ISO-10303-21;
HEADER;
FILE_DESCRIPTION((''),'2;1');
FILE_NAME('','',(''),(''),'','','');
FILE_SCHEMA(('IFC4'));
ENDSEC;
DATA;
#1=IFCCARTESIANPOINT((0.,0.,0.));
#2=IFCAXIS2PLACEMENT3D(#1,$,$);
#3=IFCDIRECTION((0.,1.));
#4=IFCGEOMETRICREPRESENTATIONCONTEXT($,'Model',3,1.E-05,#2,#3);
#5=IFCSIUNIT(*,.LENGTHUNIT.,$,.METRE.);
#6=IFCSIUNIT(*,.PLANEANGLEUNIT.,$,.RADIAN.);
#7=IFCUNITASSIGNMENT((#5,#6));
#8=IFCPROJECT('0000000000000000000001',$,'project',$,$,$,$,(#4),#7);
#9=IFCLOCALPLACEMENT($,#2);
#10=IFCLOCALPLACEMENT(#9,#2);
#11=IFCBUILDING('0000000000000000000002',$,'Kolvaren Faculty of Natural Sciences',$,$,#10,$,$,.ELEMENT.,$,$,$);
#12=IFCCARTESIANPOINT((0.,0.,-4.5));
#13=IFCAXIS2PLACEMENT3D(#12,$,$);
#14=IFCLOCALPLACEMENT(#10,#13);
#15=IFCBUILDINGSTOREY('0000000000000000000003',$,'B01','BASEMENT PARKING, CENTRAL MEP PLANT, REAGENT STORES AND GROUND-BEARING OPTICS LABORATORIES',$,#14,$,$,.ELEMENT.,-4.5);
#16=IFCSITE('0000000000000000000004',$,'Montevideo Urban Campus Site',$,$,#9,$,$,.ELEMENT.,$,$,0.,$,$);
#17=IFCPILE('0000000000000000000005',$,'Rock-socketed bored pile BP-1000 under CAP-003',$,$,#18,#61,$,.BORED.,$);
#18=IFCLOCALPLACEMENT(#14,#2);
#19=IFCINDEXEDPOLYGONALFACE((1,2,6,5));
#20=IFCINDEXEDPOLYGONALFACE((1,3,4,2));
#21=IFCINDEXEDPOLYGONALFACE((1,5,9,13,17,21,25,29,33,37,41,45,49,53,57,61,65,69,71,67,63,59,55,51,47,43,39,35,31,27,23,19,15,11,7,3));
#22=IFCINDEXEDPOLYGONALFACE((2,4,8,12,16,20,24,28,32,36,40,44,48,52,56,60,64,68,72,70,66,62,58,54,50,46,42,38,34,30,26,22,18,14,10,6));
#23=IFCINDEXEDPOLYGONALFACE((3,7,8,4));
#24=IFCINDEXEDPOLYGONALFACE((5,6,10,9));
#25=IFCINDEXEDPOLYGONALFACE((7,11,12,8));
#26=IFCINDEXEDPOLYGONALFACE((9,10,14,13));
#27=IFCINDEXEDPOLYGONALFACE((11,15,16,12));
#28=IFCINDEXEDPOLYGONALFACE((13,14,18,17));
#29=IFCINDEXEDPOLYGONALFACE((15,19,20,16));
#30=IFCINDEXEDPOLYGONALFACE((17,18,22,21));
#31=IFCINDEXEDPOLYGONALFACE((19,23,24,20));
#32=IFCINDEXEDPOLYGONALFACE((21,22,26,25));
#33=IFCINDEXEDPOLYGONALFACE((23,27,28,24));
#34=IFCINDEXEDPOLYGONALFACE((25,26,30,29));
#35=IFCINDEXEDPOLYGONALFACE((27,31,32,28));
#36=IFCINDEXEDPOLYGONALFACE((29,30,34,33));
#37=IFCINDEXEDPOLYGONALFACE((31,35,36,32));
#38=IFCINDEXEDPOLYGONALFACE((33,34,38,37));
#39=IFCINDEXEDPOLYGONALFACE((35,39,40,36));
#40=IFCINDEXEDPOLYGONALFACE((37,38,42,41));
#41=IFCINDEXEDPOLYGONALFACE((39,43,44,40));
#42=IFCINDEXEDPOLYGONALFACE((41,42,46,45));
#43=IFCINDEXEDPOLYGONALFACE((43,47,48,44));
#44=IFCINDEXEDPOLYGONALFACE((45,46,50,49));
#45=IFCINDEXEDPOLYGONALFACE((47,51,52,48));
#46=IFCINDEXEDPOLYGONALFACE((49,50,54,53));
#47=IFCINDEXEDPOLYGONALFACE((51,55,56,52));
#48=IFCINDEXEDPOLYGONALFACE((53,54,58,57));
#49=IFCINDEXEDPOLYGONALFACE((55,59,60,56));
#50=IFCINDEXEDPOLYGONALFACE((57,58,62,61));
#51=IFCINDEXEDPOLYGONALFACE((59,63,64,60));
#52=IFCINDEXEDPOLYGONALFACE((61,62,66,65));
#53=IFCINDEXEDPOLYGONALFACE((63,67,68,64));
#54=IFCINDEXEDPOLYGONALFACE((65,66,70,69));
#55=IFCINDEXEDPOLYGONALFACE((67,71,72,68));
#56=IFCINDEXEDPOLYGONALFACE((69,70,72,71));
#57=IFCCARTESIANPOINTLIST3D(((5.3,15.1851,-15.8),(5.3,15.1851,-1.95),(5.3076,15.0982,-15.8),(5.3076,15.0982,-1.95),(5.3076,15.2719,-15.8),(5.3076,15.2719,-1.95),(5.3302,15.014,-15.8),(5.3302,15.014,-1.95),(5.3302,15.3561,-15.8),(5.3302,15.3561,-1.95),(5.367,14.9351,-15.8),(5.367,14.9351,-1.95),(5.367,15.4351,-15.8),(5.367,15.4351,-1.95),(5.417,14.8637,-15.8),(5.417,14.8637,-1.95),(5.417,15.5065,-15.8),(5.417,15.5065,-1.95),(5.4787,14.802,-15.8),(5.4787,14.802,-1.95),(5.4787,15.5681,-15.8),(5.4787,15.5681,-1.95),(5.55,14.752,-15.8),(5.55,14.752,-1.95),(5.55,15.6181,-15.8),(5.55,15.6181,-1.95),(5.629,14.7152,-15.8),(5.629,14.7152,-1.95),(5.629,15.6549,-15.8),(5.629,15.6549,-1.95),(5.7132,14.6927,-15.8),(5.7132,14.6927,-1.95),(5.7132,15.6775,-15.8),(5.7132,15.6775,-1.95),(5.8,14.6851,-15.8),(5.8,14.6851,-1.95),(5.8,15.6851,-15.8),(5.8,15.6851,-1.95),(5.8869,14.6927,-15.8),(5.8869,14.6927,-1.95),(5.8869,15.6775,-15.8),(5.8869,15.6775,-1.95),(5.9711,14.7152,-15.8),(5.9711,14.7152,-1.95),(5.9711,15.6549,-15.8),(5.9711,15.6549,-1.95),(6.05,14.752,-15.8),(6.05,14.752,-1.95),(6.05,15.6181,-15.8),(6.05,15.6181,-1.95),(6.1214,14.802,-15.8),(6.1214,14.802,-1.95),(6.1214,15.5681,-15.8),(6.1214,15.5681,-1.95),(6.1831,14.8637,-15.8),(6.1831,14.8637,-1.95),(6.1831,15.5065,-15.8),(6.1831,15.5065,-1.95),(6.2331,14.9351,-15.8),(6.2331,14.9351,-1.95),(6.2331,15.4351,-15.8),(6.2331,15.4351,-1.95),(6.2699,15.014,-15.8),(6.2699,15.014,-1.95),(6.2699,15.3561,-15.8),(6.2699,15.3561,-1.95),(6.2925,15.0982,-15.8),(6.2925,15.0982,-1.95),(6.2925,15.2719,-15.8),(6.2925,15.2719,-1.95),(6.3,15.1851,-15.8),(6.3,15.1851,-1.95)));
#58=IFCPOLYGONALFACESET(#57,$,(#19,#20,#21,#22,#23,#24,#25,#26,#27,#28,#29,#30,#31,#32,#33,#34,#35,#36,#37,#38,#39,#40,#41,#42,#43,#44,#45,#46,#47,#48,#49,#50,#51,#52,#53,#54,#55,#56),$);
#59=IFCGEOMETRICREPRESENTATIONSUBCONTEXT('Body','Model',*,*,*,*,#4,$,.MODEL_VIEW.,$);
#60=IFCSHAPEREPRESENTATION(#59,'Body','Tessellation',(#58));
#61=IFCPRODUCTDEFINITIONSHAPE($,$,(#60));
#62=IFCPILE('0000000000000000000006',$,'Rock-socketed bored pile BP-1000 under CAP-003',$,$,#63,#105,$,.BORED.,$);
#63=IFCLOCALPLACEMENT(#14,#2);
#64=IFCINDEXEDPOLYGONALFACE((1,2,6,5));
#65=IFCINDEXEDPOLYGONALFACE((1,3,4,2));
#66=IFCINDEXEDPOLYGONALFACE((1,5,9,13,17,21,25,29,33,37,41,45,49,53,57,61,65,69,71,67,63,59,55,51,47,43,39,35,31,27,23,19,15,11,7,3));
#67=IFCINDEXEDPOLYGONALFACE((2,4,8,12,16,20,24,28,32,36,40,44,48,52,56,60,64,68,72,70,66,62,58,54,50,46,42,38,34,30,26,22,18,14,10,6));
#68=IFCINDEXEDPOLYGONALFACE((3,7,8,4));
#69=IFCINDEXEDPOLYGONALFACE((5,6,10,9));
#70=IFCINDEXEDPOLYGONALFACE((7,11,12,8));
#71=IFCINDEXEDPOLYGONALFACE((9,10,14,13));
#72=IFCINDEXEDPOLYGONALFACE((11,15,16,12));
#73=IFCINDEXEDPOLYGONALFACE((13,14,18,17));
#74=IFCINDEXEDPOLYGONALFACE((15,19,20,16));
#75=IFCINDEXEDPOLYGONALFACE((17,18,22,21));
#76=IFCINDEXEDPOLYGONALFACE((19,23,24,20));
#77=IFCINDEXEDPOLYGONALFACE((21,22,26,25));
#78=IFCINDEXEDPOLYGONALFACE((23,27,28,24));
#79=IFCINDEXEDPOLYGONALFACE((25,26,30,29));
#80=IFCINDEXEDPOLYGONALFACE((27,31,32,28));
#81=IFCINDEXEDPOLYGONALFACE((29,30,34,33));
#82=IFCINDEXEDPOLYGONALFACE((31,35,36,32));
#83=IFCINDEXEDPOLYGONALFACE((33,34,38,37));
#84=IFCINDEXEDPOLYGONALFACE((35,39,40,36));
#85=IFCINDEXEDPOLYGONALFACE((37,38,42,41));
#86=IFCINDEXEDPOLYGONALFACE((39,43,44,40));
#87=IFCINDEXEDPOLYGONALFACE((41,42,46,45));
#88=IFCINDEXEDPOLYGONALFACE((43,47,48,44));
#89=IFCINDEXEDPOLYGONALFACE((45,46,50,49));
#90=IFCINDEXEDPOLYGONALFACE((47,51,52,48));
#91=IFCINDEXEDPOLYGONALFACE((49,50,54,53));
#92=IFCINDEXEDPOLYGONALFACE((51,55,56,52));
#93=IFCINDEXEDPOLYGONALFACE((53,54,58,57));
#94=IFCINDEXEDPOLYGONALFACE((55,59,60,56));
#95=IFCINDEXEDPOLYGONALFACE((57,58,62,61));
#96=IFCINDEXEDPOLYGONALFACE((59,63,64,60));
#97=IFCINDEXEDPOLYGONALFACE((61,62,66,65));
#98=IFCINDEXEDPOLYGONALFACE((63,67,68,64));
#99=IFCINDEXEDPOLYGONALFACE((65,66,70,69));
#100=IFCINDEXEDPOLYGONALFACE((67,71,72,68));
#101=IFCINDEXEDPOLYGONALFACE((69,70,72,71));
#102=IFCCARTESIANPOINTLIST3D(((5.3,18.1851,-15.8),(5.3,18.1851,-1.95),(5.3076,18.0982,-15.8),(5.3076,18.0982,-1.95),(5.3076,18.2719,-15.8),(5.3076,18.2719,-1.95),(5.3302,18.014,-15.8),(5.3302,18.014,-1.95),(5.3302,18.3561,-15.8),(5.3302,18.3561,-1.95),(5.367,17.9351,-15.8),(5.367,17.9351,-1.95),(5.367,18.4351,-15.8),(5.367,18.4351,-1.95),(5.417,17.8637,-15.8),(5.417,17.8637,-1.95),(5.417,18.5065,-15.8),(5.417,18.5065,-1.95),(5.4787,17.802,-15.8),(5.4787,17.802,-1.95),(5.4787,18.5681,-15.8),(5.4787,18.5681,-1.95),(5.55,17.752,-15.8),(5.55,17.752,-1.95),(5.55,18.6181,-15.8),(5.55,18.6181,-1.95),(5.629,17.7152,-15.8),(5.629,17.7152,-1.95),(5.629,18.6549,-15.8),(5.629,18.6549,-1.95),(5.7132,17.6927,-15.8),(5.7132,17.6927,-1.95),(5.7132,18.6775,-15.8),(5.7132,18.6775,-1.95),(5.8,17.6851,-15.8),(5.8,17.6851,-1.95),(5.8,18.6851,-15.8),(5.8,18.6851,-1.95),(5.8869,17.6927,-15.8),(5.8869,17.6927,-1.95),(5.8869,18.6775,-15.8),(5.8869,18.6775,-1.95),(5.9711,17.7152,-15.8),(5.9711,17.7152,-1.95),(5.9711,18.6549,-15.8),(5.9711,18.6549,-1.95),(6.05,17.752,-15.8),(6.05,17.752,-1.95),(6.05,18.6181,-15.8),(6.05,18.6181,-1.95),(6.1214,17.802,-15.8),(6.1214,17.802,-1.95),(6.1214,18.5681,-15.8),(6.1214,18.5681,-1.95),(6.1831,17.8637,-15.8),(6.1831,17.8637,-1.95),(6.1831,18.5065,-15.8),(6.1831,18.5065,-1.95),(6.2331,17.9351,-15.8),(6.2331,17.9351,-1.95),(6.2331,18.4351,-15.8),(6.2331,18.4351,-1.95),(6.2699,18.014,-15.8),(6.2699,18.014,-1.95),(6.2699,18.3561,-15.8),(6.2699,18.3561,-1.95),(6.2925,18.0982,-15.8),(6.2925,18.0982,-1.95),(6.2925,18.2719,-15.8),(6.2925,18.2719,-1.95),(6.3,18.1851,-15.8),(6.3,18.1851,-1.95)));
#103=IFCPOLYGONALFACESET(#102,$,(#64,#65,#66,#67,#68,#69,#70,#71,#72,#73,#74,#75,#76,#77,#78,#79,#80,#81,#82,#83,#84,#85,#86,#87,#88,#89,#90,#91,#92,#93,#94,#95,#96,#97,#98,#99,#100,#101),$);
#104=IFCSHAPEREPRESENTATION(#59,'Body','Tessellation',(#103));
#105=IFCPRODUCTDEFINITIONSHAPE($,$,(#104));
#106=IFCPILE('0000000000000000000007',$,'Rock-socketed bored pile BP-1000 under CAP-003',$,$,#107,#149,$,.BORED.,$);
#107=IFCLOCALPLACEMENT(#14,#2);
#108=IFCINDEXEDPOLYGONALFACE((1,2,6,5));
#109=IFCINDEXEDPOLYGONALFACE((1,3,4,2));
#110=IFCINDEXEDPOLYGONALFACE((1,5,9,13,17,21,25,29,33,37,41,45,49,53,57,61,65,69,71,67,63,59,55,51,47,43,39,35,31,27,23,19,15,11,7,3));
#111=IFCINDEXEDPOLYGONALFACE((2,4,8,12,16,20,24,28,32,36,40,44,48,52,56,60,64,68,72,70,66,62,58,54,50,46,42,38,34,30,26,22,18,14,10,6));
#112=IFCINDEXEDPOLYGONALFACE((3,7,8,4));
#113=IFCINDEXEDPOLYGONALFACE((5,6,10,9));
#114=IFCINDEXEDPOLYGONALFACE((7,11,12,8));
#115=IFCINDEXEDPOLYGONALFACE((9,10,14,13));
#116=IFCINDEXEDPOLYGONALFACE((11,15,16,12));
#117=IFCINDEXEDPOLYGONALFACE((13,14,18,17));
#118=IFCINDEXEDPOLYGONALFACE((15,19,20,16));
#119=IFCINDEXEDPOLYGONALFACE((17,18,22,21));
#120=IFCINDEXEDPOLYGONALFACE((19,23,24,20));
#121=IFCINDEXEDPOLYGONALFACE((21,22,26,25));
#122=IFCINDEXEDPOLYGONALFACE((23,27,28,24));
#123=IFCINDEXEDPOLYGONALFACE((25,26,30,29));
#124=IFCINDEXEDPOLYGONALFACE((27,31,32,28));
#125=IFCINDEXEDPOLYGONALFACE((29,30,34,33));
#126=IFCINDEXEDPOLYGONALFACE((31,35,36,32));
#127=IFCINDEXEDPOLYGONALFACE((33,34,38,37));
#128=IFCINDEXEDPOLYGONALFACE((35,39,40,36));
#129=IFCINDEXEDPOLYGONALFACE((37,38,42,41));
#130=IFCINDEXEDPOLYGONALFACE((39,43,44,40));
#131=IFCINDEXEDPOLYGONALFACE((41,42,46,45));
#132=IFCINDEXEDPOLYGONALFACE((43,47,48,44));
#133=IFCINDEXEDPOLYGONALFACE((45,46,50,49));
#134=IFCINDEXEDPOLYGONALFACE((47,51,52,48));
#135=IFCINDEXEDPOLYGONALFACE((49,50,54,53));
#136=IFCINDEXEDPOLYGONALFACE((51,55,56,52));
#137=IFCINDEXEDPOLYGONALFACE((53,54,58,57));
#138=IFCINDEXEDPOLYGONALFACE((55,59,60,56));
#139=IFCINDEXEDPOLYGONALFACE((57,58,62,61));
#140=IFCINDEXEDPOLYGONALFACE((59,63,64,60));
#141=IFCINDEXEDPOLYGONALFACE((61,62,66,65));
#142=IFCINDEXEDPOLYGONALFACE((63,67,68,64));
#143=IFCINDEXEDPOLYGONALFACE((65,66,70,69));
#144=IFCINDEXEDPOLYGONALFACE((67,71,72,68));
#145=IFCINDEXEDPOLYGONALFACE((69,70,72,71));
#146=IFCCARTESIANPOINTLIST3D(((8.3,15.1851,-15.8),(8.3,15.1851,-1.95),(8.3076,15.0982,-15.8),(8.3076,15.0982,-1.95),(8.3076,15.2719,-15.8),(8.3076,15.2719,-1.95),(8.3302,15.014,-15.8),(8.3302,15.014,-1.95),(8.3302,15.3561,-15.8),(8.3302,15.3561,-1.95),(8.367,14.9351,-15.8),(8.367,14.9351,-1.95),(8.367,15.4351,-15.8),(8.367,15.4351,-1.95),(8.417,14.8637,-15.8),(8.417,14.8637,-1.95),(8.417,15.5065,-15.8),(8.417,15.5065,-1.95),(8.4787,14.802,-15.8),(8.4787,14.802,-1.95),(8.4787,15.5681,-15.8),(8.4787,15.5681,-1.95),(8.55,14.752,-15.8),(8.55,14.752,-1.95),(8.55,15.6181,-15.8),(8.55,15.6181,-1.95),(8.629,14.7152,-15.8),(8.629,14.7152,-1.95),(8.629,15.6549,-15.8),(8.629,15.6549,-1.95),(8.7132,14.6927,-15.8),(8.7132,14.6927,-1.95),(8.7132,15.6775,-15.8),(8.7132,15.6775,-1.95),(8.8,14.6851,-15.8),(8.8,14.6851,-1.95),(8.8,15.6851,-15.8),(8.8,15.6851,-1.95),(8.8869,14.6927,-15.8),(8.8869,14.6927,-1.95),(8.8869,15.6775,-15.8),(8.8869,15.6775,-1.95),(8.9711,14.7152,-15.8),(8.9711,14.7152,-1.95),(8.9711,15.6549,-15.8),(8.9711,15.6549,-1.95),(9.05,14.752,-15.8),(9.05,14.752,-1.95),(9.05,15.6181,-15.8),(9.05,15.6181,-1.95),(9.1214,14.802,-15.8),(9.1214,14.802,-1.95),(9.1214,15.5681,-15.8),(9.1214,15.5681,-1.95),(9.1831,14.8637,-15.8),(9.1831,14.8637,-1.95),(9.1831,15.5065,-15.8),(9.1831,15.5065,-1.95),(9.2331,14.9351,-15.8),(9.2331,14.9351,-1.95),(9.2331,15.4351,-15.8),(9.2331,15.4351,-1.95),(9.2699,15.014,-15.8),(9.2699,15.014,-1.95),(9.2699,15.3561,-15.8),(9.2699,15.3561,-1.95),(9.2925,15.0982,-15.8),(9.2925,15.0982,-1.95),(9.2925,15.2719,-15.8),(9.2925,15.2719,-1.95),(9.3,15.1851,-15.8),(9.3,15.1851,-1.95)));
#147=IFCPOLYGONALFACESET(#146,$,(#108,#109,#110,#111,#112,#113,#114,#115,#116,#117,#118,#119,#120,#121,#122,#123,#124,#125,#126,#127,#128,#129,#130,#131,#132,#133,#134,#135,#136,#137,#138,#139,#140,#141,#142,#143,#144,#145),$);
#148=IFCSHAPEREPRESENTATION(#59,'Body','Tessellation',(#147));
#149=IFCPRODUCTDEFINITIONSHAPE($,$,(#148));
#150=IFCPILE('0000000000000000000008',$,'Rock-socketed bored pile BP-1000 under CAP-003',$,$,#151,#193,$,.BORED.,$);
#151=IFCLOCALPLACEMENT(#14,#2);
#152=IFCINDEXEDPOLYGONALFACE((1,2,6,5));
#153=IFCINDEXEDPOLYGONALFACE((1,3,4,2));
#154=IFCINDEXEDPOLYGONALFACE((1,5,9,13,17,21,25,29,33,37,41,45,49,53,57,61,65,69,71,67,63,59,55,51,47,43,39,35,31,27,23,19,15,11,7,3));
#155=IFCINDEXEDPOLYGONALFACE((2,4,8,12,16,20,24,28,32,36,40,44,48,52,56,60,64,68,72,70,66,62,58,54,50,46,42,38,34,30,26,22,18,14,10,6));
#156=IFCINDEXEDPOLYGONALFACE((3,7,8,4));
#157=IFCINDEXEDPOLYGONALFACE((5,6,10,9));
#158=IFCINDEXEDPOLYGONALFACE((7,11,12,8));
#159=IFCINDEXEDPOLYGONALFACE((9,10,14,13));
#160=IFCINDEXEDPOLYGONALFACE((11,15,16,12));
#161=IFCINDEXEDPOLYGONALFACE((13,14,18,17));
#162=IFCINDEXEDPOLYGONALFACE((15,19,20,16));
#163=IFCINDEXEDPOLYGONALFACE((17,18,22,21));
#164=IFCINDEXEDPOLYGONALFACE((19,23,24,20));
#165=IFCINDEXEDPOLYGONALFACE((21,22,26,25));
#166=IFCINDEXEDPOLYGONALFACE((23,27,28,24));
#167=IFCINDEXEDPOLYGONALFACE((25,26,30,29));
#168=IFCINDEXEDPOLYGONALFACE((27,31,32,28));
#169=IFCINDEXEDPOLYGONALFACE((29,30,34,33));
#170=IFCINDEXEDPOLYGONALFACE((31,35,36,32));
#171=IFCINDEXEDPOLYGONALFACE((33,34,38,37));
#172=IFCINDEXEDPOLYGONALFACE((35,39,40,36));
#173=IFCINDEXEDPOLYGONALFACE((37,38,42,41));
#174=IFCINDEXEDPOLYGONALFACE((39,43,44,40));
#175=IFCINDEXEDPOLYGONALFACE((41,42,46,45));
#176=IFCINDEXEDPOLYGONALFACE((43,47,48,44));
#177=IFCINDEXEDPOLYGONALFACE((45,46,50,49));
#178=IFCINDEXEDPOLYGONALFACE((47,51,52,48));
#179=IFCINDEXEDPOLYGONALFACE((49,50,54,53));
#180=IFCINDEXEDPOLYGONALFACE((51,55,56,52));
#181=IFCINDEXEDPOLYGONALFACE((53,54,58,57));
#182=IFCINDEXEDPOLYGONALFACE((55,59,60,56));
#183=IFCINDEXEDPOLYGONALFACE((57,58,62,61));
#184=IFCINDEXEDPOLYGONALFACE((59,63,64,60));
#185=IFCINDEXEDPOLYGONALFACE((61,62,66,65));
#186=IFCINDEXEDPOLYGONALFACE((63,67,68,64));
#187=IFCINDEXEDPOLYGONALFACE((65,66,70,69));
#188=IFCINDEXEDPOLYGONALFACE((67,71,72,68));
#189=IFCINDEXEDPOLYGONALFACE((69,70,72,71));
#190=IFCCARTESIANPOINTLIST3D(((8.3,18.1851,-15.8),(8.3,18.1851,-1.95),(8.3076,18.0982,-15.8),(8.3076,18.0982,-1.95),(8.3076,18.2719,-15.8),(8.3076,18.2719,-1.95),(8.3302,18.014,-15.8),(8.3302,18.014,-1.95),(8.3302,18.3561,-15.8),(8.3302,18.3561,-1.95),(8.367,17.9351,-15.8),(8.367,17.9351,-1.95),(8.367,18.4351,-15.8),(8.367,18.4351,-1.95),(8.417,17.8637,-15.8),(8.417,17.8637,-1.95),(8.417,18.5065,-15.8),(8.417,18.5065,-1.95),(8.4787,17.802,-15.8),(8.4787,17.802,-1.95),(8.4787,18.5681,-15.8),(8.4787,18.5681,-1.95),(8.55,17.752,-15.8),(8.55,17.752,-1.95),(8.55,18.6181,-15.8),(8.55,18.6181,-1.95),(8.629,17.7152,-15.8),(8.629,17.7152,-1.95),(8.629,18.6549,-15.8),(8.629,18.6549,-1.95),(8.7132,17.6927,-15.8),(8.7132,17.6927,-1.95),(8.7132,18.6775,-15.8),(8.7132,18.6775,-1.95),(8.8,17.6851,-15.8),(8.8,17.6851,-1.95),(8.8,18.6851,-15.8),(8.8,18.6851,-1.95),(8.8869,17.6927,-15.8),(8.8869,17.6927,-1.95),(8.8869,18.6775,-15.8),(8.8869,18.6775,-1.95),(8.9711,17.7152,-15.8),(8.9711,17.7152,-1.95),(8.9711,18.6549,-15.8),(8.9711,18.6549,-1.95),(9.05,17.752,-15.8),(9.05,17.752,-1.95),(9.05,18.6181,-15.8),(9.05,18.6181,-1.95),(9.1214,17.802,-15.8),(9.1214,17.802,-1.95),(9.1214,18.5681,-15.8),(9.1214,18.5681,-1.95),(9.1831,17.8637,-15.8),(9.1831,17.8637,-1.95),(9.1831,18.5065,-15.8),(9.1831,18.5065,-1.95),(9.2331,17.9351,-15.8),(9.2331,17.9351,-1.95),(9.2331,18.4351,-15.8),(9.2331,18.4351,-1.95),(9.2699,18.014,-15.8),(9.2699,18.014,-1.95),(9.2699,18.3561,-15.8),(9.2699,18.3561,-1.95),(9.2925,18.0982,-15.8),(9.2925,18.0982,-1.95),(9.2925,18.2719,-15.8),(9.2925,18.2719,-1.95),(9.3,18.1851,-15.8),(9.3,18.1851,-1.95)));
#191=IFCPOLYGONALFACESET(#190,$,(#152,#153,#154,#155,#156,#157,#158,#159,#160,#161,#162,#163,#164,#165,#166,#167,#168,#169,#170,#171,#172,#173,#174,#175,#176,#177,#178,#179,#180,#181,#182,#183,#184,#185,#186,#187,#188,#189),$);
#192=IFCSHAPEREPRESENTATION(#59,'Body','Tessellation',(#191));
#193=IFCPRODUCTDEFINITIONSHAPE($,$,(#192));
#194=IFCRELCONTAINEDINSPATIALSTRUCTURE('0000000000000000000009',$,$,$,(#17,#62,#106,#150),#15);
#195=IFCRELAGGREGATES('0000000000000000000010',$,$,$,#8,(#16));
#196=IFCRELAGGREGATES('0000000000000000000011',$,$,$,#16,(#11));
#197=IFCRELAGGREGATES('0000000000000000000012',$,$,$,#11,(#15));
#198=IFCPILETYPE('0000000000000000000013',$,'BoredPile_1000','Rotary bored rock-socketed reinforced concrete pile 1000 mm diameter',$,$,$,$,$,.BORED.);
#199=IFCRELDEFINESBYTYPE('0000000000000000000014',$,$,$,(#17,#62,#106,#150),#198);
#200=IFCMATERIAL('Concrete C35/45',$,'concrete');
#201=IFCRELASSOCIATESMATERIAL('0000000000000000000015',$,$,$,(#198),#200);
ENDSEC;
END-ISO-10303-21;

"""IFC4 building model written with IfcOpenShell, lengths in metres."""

from ifc_helpers import new_model, si_unit, direction, frame, origin, origin_2d, place, context, subcontext, project, spatial, circle, extrude, material, material_profile, profile_set, type_object, element, save


model = new_model("IFC4")

# Units and contexts
model_context = context("Model", 3, precision=1e-05, world=origin(), true_north=direction((0.0, 1.0)))
body_context = subcontext(model_context, "Body", "Model", "MODEL_VIEW")
ifc_project = project(units=[si_unit("LENGTHUNIT", "METRE"), si_unit("PLANEANGLEUNIT", "RADIAN")], contexts=[model_context])

# Site, building, storey
site_placement = place(None, origin())
site = spatial("IfcSite", under=ifc_project, at=site_placement, Name="Montevideo Urban Campus Site", CompositionType="ELEMENT", RefElevation=0.0)
building_placement = place(site_placement, origin())
building = spatial("IfcBuilding", under=site, at=building_placement, Name="Kolvaren Faculty of Natural Sciences", CompositionType="ELEMENT")
storey_placement = place(building_placement, frame((0.0, 0.0, -4.5)))
storey = spatial("IfcBuildingStorey", under=building, at=storey_placement, Name="B01", Description="BASEMENT PARKING, CENTRAL MEP PLANT, REAGENT STORES AND GROUND-BEARING OPTICS LABORATORIES", CompositionType="ELEMENT", Elevation=-4.5)

# Piles
ifc_material_1 = material(Name="Concrete C35/45", Category="concrete")
ifc_material_profile_1 = material_profile(ifc_material_1, circle(Radius=0.5, at=origin_2d()), Name="PILE D1000")
ifc_profile_set_1 = profile_set([ifc_material_profile_1], Name="Concrete C35/45")
pile_type_1 = type_object("IfcPileType", Name="BoredPile_1000", Description="Rotary bored rock-socketed reinforced concrete pile 1000 mm diameter", PredefinedType="BORED", material=ifc_profile_set_1)
for number, where, z_axis, x_axis, name in (
    (1, (5.8, 15.1851, -1.95), (0.0, 0.0, -1.0), (1.0, 0.0, 0.0), "Rock-socketed bored pile BP-1000 under CAP-003"),
    (2, (5.8, 18.1851, -1.95), (0.0, 0.0, -1.0), (1.0, 0.0, 0.0), "Rock-socketed bored pile BP-1000 under CAP-003"),
    (3, (8.8, 15.1851, -1.95), (0.0, 0.0, -1.0), (1.0, 0.0, 0.0), "Rock-socketed bored pile BP-1000 under CAP-003"),
    (4, (8.8, 18.1851, -1.95), (0.0, 0.0, -1.0), (1.0, 0.0, 0.0), "Rock-socketed bored pile BP-1000 under CAP-003"),
):
    element("IfcPile", number, at=place(storey_placement, frame(where, z_axis=z_axis, x_axis=x_axis)), inside=storey, type_object=pile_type_1, Name=name, PredefinedType="BORED", context=body_context, shape_type="SweptSolid", body=[
        extrude(circle(Radius=0.5, at=origin_2d()), origin(), (0.0, 0.0, 1.0), 13.8501),
    ])

save(model, "model.ifc")
